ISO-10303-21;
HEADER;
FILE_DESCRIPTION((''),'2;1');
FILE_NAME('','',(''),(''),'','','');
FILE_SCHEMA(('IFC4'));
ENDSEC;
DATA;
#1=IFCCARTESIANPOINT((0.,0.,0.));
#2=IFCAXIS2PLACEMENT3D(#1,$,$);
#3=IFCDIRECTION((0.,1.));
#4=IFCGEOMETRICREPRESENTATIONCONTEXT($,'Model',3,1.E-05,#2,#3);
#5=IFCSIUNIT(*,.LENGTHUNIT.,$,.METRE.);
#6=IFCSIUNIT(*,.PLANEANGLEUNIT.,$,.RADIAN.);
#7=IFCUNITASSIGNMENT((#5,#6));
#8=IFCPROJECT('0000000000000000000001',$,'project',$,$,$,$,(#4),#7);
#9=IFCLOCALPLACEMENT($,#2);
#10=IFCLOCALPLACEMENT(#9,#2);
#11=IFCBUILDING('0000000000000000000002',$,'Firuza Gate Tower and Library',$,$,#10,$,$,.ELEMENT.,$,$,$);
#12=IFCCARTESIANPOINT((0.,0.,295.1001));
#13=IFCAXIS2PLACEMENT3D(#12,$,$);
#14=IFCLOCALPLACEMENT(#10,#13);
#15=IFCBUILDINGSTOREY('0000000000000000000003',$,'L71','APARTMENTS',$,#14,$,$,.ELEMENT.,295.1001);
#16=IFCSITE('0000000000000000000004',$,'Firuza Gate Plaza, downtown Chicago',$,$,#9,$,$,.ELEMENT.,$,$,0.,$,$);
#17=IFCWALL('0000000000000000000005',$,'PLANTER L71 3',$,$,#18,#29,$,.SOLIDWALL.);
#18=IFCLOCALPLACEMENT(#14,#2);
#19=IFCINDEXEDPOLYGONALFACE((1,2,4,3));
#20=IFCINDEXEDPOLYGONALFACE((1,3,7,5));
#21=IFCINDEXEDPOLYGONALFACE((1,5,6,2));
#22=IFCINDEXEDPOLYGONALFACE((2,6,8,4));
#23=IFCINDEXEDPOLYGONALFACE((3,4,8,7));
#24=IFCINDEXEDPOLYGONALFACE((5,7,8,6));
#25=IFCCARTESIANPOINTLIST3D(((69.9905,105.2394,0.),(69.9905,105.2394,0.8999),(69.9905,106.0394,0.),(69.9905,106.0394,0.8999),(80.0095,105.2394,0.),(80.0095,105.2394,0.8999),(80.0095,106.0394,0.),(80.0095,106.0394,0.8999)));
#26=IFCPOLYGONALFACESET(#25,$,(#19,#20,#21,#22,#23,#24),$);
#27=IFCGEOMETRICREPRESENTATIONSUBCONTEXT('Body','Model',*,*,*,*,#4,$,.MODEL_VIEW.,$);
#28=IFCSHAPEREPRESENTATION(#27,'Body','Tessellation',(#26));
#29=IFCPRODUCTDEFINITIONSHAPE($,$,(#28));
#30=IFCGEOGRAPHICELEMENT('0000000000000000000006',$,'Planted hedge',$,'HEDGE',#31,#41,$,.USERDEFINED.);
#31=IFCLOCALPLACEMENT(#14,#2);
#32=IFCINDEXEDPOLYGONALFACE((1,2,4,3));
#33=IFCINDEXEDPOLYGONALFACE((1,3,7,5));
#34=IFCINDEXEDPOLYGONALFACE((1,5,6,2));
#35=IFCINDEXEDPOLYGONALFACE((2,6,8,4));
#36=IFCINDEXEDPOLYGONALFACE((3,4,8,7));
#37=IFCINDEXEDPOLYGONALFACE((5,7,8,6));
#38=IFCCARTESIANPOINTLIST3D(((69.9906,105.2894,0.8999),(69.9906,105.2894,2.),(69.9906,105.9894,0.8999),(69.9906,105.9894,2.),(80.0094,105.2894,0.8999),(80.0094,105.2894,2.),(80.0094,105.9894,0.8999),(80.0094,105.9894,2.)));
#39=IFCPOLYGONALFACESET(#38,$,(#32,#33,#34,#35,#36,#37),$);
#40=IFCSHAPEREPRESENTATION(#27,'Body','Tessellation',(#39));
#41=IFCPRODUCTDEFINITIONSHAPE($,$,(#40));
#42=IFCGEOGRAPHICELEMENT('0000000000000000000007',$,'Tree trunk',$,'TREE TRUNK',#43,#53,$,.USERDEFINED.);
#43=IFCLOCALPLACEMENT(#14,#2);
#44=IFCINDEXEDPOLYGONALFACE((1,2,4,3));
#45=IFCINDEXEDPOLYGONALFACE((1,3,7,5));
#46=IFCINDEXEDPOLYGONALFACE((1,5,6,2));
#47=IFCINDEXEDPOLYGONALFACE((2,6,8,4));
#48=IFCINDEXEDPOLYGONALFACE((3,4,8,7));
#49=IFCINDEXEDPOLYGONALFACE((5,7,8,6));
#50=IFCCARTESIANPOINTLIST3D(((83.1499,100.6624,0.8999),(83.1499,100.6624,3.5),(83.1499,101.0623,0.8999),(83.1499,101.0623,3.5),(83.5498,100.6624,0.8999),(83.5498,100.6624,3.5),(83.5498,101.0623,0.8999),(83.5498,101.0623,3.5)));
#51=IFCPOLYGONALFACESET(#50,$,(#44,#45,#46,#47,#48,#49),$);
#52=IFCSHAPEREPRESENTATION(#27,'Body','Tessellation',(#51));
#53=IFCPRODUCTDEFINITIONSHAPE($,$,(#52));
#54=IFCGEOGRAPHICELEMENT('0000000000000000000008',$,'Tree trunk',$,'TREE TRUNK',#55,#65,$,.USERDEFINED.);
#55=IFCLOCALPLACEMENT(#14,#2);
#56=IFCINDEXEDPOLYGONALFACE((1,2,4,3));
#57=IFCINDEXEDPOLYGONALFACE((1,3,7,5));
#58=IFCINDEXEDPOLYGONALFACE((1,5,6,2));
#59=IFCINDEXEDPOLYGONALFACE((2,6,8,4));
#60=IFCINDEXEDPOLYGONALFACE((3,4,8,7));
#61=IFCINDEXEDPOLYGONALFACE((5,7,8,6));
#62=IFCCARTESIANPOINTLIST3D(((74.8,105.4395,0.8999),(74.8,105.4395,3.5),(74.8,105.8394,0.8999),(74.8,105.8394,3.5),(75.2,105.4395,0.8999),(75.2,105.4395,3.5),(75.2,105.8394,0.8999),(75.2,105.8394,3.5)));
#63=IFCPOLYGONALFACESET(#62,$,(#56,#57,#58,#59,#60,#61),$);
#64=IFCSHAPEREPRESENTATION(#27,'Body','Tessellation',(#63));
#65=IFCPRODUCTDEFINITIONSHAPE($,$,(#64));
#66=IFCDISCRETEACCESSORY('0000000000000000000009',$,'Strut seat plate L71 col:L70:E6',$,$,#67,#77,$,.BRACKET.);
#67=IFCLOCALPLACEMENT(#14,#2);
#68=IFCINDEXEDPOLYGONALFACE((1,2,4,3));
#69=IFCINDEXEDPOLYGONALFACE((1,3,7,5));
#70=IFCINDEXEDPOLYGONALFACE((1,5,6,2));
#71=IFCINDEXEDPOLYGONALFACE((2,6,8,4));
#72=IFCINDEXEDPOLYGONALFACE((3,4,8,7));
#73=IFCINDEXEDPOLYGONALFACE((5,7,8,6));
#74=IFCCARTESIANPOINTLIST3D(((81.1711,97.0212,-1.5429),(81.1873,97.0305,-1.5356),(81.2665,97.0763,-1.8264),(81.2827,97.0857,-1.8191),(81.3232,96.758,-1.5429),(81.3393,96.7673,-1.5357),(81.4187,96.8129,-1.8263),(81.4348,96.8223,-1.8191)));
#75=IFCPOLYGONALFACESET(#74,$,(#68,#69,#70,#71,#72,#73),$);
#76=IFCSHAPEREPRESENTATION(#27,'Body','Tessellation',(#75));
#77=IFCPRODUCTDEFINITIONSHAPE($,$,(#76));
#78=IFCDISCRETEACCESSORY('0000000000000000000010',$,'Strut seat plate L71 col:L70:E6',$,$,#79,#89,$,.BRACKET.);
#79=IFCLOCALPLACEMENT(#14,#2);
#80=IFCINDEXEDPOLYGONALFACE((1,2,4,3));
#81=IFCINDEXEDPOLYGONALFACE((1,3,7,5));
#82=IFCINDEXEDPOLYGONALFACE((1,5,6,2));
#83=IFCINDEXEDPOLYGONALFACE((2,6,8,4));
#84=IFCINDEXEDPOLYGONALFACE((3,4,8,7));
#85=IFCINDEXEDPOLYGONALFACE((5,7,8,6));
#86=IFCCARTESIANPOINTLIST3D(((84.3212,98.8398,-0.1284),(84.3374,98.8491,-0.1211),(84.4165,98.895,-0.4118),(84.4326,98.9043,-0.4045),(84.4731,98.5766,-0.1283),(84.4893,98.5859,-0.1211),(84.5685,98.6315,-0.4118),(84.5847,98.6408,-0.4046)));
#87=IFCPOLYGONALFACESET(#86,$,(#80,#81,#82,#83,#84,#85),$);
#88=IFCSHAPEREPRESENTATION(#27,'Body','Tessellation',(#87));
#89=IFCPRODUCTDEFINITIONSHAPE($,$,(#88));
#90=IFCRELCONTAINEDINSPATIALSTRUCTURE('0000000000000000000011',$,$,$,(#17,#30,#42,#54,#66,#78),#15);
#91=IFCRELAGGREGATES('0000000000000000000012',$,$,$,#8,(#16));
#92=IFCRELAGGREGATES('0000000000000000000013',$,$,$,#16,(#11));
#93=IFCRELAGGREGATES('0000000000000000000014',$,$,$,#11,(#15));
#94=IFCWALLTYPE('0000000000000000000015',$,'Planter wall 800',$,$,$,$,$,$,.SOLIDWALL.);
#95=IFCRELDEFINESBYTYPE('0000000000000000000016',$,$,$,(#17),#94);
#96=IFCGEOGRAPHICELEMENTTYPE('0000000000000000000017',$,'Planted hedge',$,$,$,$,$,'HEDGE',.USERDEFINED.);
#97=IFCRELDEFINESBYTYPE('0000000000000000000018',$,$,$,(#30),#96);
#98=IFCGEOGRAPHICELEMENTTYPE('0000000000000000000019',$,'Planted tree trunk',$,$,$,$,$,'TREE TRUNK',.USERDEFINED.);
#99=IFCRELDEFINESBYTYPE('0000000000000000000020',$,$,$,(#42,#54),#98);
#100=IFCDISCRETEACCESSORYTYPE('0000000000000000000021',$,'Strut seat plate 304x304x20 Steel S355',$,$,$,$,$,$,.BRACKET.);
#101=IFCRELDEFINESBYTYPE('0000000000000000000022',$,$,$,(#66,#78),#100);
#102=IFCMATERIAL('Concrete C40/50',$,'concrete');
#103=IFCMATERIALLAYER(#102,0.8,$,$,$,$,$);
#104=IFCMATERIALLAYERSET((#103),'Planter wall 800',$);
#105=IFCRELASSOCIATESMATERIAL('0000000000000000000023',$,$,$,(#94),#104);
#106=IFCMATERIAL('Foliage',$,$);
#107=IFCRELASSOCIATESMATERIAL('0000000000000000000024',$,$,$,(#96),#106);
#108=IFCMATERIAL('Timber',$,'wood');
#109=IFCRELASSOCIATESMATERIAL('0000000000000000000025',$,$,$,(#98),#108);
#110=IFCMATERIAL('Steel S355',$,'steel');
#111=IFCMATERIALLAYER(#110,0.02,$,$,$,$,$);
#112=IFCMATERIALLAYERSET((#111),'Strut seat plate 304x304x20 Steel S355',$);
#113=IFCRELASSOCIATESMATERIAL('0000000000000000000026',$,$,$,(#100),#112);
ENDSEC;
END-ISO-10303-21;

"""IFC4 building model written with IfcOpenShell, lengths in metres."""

from ifc_helpers import new_model, si_unit, direction, frame, frame_2d, origin, origin_2d, place, context, subcontext, project, spatial, polyline, rectangle, outline, extrude, material, layer, layer_set, type_object, element, save


model = new_model("IFC4")

# Units and contexts
model_context = context("Model", 3, precision=1e-05, world=origin(), true_north=direction((0.0, 1.0)))
body_context = subcontext(model_context, "Body", "Model", "MODEL_VIEW")
ifc_project = project(units=[si_unit("LENGTHUNIT", "METRE"), si_unit("PLANEANGLEUNIT", "RADIAN")], contexts=[model_context])

# Site, building, storey
site_placement = place(None, origin())
site = spatial("IfcSite", under=ifc_project, at=site_placement, Name="Firuza Gate Plaza, downtown Chicago", CompositionType="ELEMENT", RefElevation=0.0)
building_placement = place(site_placement, origin())
building = spatial("IfcBuilding", under=site, at=building_placement, Name="Firuza Gate Tower and Library", CompositionType="ELEMENT")
storey_placement = place(building_placement, frame((0.0, 0.0, 295.1001)))
storey = spatial("IfcBuildingStorey", under=building, at=storey_placement, Name="L71", Description="APARTMENTS", CompositionType="ELEMENT", Elevation=295.1001)

# Wall
ifc_material_1 = material(Name="Concrete C40/50", Category="concrete")
ifc_layer_1 = layer(ifc_material_1, 0.8)
ifc_layer_set_1 = layer_set([ifc_layer_1], Name="Planter wall 800")
wall_type_1 = type_object("IfcWallType", Name="Planter wall 800", PredefinedType="SOLIDWALL", material=ifc_layer_set_1)
wall_1_placement = place(storey_placement, frame((80.0095, 105.6394, 0.0), z_axis=(0.0, 0.0, 1.0), x_axis=(-1.0, 0.0, 0.0)))
element("IfcWall", 1, at=wall_1_placement, inside=storey, type_object=wall_type_1, Name="PLANTER L71 3", PredefinedType="SOLIDWALL", context=body_context, shape_type="SweptSolid", body=[
    extrude(rectangle(XDim=10.019, YDim=0.8, at=frame_2d((5.0095, 0.0))), origin(), (0.0, 0.0, 1.0), 0.8999),
])

# Geographic elements
ifc_material_2 = material(Name="Foliage")
geographic_element_type_1 = type_object("IfcGeographicElementType", Name="Planted hedge", ElementType="HEDGE", PredefinedType="USERDEFINED", material=ifc_material_2)
geographic_element_placement = place(storey_placement, frame((75.0, 105.6394, 0.8999), z_axis=(0.0, 0.0, 1.0), x_axis=(-1.0, 0.0, 0.0)))
element("IfcGeographicElement", 2, at=geographic_element_placement, inside=storey, type_object=geographic_element_type_1, Name="Planted hedge", ObjectType="HEDGE", PredefinedType="USERDEFINED", context=body_context, shape_type="SweptSolid", body=[
    extrude(rectangle(XDim=10.0188, YDim=0.7, at=origin_2d()), origin(), (0.0, 0.0, 1.0), 1.1001),
])
ifc_material_3 = material(Name="Timber", Category="wood")
geographic_element_type_2 = type_object("IfcGeographicElementType", Name="Planted tree trunk", ElementType="TREE TRUNK", PredefinedType="USERDEFINED", material=ifc_material_3)
for number, where, z_axis, x_axis, name in (
    (3, (83.3499, 100.8623, 0.8999), (0.0, 0.0, 1.0), (1.0, 0.0, 0.0), "Tree trunk"),
    (4, (75.0, 105.6394, 0.8999), (0.0, 0.0, 1.0), (1.0, 0.0, 0.0), "Tree trunk"),
):
    element("IfcGeographicElement", number, at=place(storey_placement, frame(where, z_axis=z_axis, x_axis=x_axis)), inside=storey, type_object=geographic_element_type_2, Name=name, ObjectType="TREE TRUNK", PredefinedType="USERDEFINED", context=body_context, shape_type="SweptSolid", body=[
        extrude(rectangle(XDim=0.3999, YDim=0.3999, at=origin_2d()), origin(), (0.0, 0.0, 1.0), 2.6001),
    ])

# Discrete accessories
ifc_material_4 = material(Name="Steel S355", Category="steel")
ifc_layer_2 = layer(ifc_material_4, 0.02)
ifc_layer_set_2 = layer_set([ifc_layer_2], Name="Strut seat plate 304x304x20 Steel S355")
discrete_accessory_type = type_object("IfcDiscreteAccessoryType", Name="Strut seat plate 304x304x20 Steel S355", PredefinedType="BRACKET", material=ifc_layer_set_2)
discrete_accessory_1_placement = place(storey_placement, frame((81.1873, 97.0305, -1.5356), z_axis=(0.807065, 0.466204, 0.362353), x_axis=(0.50022, -0.865898, -0.000068)))
element("IfcDiscreteAccessory", 5, at=discrete_accessory_1_placement, inside=storey, type_object=discrete_accessory_type, Name="Strut seat plate L71 col:L70:E6", PredefinedType="BRACKET", context=body_context, shape_type="SweptSolid", body=[
    extrude(outline(polyline([(0.0, 0.0), (0.304, 0.0), (0.3042, 0.3041), (0.0, 0.3041), (0.0, 0.0)])), origin(), (0.0, 0.0, -1.0), 0.02),
])
discrete_accessory_2_placement = place(storey_placement, frame((84.4893, 98.5859, -0.1211), z_axis=(0.807329, 0.465982, 0.362051), x_axis=(-0.49988, 0.866095, -0.00005)))
element("IfcDiscreteAccessory", 6, at=discrete_accessory_2_placement, inside=storey, type_object=discrete_accessory_type, Name="Strut seat plate L71 col:L70:E6", PredefinedType="BRACKET", context=body_context, shape_type="SweptSolid", body=[
    extrude(outline(polyline([(0.0, 0.0), (0.3039, 0.0), (0.3041, -0.3041), (-0.0001, -0.3041), (0.0, 0.0)])), origin(), (0.0, 0.0, -1.0), 0.02),
])

save(model, "model.ifc")
